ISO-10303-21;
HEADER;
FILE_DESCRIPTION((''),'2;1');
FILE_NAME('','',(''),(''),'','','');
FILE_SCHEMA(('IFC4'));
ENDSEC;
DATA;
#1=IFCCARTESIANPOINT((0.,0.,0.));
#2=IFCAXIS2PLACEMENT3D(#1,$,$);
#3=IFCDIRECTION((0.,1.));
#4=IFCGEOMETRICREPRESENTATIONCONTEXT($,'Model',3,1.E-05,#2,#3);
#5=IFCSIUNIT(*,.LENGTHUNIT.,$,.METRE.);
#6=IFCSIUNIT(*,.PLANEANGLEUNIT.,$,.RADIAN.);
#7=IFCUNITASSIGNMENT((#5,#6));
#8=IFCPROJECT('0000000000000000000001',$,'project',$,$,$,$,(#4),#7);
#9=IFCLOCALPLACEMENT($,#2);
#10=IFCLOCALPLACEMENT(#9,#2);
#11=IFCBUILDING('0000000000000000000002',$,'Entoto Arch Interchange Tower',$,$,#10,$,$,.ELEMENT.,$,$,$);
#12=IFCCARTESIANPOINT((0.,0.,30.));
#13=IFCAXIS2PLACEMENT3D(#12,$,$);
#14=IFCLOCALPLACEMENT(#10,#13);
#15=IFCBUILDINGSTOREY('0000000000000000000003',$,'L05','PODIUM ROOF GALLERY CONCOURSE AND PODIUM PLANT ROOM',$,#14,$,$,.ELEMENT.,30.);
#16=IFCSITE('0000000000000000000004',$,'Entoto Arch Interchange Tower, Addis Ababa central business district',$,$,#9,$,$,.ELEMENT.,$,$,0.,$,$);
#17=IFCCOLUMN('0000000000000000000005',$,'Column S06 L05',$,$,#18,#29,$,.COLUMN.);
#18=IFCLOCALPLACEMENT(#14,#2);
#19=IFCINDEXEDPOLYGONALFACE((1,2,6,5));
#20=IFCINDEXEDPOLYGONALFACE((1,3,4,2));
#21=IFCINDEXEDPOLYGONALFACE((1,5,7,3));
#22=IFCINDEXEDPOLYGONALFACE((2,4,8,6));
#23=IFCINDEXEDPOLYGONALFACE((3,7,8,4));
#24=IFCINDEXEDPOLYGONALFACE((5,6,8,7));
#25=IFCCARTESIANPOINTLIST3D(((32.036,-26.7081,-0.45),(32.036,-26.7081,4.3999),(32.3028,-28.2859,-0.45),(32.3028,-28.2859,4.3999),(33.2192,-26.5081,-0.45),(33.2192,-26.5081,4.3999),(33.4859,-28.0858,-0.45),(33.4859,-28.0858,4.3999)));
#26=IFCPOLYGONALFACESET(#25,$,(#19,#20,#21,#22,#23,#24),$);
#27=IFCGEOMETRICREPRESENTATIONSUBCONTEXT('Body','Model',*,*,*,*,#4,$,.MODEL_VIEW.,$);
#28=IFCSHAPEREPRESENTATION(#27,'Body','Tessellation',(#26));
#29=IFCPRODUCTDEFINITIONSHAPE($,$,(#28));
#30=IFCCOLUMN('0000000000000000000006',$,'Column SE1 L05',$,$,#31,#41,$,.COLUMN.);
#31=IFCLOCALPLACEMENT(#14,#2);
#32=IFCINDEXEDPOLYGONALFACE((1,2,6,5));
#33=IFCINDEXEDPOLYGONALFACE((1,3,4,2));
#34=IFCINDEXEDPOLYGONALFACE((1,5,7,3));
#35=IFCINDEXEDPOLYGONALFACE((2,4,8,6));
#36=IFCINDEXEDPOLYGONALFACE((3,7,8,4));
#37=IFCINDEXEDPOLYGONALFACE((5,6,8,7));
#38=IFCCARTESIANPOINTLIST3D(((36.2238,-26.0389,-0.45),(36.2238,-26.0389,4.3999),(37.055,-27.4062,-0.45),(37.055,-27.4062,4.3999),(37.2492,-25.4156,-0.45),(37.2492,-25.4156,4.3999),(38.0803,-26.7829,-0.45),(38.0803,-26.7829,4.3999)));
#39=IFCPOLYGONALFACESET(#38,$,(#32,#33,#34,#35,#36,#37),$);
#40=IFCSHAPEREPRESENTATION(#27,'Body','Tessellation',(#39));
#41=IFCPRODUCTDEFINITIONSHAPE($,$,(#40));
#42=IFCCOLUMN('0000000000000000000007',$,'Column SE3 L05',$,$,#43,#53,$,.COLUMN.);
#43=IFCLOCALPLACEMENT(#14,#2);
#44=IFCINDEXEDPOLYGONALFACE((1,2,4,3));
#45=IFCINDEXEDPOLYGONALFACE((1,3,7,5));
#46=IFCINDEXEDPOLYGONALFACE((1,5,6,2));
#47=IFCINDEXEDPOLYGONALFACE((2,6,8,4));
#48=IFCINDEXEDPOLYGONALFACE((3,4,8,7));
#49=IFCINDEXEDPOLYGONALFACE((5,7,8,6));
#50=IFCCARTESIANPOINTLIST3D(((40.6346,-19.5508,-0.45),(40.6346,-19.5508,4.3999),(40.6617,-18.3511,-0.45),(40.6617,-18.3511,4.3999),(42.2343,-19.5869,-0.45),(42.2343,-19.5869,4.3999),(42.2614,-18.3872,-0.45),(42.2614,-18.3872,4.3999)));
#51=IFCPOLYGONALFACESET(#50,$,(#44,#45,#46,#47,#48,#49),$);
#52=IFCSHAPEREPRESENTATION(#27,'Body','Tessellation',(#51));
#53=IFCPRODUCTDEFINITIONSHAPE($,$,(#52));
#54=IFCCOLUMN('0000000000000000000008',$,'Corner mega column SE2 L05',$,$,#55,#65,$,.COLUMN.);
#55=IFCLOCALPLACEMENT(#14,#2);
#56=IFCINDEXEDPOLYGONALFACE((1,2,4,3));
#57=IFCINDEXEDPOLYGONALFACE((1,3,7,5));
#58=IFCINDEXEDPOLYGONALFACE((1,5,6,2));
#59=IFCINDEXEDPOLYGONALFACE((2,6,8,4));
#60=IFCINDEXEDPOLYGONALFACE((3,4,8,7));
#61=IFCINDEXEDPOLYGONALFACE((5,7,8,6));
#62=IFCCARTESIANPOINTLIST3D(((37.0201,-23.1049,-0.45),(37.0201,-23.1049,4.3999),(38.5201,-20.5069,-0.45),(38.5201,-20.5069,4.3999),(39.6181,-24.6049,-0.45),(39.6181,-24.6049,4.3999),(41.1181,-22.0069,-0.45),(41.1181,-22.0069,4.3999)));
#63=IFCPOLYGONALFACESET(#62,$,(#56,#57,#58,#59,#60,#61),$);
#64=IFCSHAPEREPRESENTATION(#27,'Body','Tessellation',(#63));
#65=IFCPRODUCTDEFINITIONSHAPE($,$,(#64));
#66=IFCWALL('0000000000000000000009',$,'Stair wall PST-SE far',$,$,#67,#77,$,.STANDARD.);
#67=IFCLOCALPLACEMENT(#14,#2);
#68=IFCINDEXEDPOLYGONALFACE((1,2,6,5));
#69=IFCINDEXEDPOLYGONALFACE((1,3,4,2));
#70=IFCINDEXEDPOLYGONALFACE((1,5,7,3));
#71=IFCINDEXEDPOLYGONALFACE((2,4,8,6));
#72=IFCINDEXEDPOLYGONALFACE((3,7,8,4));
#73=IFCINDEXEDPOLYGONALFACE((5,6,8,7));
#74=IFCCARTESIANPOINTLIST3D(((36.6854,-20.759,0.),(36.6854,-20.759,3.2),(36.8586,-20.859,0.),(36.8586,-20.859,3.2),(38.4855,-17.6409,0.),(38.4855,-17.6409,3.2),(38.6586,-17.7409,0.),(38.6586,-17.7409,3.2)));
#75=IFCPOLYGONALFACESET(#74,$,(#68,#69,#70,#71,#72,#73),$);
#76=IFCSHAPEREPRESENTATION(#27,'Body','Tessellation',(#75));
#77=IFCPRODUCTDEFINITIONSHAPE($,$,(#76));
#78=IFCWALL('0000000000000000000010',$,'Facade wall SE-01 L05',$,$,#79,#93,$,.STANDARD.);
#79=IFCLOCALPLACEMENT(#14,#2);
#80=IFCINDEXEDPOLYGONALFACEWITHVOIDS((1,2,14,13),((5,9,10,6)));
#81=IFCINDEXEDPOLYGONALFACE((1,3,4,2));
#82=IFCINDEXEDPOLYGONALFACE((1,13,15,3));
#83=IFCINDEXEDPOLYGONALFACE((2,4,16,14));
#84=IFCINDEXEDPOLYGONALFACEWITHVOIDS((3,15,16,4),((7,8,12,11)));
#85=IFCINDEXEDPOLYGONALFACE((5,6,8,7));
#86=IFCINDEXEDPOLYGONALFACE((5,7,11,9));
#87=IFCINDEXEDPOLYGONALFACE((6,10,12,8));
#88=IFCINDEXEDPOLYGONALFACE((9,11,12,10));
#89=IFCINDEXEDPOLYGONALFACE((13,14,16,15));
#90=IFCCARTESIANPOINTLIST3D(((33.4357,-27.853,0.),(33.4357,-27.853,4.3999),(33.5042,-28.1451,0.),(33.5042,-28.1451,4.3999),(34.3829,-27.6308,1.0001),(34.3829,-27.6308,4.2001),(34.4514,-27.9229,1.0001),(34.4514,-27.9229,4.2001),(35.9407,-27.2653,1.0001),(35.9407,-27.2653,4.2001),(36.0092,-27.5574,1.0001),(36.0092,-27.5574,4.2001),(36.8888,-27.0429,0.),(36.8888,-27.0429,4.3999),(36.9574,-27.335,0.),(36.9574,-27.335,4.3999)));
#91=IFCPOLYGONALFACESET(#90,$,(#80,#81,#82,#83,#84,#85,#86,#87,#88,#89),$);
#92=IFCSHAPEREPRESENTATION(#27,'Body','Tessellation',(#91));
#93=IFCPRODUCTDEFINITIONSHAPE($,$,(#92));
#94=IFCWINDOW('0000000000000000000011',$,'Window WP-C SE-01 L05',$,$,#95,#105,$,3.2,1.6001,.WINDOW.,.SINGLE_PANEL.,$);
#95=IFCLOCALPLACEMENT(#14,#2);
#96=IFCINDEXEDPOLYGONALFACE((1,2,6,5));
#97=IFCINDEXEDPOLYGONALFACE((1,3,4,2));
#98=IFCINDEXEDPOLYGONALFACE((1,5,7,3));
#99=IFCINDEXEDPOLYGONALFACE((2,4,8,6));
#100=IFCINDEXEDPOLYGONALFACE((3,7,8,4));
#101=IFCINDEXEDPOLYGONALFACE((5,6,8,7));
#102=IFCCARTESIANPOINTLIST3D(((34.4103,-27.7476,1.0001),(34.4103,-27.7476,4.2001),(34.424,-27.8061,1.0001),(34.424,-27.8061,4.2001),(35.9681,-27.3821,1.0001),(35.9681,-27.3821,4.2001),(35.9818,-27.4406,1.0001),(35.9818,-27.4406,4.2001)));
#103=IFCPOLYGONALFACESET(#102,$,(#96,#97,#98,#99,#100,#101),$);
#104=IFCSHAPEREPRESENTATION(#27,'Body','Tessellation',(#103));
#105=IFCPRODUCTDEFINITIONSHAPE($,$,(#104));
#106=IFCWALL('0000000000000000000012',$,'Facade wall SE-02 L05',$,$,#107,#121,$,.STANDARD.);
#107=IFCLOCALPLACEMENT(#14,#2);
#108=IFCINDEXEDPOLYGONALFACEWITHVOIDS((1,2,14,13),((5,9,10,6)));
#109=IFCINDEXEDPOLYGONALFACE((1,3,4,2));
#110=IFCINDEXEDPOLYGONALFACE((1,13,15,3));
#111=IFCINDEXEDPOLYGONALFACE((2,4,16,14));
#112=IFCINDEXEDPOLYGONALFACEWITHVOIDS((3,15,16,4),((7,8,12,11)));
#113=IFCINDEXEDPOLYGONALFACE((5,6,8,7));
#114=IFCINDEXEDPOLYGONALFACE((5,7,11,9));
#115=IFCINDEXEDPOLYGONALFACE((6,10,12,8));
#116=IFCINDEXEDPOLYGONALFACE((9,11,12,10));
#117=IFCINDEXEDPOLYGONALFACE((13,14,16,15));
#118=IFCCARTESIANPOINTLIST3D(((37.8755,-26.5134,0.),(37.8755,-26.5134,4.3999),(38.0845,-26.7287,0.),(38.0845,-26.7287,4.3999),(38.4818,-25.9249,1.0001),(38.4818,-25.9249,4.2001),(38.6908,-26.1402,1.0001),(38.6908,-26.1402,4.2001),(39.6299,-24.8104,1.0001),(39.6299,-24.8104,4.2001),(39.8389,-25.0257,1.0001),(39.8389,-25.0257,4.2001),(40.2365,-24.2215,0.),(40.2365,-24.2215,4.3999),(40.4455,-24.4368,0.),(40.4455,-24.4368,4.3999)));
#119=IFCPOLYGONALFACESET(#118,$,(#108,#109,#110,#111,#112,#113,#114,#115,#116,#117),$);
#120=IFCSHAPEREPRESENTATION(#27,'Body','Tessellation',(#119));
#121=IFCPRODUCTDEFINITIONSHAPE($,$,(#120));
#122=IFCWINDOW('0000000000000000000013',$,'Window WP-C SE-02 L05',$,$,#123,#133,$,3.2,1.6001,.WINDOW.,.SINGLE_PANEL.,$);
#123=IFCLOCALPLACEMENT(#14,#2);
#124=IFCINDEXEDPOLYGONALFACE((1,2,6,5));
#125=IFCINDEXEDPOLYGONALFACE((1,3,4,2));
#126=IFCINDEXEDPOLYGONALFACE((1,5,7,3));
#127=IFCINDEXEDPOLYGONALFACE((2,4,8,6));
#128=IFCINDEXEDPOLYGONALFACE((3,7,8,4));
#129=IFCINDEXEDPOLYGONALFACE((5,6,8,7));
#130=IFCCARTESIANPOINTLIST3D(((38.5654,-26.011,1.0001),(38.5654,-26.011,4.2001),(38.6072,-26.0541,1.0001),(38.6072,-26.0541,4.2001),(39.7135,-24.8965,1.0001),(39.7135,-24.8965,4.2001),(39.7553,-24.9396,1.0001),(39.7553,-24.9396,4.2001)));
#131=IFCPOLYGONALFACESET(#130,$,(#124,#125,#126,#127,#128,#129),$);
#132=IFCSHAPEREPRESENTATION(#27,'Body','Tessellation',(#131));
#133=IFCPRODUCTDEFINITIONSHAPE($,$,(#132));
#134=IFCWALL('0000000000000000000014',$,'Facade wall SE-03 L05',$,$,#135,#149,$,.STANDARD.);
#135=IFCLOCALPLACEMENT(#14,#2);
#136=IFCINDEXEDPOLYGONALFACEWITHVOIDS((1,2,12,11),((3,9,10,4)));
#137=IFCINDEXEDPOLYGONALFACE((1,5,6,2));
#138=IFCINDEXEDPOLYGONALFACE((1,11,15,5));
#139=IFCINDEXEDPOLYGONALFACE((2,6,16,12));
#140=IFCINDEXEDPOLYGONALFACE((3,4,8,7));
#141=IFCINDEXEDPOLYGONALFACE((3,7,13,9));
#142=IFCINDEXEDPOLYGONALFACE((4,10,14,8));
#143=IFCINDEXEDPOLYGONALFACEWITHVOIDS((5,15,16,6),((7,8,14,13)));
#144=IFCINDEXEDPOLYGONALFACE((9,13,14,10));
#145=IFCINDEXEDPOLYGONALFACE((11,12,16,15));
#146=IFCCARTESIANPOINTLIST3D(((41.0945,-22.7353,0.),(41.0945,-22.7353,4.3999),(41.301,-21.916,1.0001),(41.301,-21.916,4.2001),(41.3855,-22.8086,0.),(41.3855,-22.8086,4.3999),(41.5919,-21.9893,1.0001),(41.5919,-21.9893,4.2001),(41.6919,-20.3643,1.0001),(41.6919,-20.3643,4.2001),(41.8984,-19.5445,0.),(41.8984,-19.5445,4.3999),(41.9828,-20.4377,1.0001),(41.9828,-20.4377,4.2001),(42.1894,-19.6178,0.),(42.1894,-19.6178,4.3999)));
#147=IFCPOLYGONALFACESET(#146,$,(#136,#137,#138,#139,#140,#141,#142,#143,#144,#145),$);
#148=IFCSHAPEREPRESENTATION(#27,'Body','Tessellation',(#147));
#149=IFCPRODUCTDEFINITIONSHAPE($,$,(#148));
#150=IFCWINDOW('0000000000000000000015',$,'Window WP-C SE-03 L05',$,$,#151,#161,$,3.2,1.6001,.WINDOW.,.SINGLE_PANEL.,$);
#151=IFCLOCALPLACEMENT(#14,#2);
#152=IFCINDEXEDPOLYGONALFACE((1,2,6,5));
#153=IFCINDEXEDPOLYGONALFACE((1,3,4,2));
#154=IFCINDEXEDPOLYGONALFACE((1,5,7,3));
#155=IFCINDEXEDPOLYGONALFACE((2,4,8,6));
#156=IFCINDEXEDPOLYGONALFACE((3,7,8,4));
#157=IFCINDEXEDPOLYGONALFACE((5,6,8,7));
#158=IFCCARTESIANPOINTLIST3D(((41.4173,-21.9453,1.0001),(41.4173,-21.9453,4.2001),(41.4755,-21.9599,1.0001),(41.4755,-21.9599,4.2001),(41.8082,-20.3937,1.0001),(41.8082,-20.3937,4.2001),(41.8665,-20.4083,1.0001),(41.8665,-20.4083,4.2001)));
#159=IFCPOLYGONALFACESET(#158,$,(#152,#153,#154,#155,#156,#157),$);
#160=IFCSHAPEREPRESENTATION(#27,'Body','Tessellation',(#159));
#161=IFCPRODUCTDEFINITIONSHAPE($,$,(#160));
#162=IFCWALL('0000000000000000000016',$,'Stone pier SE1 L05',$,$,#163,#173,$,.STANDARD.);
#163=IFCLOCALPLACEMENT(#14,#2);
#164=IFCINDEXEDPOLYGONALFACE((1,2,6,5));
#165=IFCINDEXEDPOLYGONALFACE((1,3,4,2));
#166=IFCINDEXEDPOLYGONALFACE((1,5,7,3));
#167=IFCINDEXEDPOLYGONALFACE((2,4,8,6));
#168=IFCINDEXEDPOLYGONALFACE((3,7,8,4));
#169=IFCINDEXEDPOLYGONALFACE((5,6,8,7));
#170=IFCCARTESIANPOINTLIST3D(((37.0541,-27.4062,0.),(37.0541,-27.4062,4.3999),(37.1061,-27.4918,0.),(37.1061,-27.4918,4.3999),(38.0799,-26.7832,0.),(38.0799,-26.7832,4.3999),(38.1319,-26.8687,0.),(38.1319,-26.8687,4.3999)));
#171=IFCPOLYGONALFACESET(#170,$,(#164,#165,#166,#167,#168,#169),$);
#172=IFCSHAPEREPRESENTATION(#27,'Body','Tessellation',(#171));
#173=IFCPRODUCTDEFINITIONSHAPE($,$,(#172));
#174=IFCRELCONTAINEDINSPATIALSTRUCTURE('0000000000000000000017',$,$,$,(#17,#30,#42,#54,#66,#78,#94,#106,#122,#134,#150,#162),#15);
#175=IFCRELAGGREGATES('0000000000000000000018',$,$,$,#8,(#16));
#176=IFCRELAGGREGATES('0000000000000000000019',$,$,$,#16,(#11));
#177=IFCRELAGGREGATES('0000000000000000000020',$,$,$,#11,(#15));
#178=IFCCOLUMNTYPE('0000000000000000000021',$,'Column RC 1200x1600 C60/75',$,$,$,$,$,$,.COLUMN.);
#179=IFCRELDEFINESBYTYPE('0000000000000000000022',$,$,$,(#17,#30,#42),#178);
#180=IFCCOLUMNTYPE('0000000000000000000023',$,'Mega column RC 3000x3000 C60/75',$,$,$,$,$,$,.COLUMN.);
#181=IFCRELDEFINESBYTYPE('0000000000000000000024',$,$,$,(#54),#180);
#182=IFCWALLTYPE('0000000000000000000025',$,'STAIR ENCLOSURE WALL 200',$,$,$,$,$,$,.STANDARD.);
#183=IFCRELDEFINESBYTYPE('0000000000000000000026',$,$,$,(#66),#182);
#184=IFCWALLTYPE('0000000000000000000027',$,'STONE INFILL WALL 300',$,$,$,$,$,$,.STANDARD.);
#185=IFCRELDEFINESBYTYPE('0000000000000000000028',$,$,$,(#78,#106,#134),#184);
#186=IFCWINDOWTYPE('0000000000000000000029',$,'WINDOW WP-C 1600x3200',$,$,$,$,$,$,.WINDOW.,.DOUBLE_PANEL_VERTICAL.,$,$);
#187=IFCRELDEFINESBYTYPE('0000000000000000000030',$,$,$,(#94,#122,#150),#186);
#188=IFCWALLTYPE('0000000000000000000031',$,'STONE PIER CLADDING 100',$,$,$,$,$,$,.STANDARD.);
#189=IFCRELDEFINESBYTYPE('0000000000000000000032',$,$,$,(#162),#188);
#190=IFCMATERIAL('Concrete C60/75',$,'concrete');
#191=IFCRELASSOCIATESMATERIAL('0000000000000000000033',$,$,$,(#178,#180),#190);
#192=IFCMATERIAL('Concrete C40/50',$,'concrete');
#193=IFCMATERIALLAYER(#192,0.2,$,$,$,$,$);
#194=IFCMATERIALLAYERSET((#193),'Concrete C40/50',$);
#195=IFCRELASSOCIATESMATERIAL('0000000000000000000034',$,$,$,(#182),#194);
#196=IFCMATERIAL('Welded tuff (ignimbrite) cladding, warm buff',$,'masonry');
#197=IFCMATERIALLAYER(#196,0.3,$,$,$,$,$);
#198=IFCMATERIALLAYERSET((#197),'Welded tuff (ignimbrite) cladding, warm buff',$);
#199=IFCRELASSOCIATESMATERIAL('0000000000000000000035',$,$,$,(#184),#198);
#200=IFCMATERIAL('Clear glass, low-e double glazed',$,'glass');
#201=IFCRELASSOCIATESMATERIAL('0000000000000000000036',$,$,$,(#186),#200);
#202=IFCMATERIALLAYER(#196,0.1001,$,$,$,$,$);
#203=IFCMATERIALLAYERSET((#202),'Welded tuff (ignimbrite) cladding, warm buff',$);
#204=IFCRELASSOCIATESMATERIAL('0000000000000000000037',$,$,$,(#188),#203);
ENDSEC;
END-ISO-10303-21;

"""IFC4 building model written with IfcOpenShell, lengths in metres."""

from ifc_helpers import new_model, si_unit, direction, frame, frame_2d, origin, origin_2d, place, context, subcontext, project, spatial, rectangle, extrude, material, layer, layer_set, material_profile, profile_set, type_object, element, fill, save


model = new_model("IFC4")

# Units and contexts
model_context = context("Model", 3, precision=1e-05, world=origin(), true_north=direction((0.0, 1.0)))
body_context = subcontext(model_context, "Body", "Model", "MODEL_VIEW")
ifc_project = project(units=[si_unit("LENGTHUNIT", "METRE"), si_unit("PLANEANGLEUNIT", "RADIAN")], contexts=[model_context])

# Site, building, storey
site_placement = place(None, origin())
site = spatial("IfcSite", under=ifc_project, at=site_placement, Name="Entoto Arch Interchange Tower, Addis Ababa central business district", CompositionType="ELEMENT", RefElevation=0.0)
building_placement = place(site_placement, origin())
building = spatial("IfcBuilding", under=site, at=building_placement, Name="Entoto Arch Interchange Tower", CompositionType="ELEMENT")
storey_placement = place(building_placement, frame((0.0, 0.0, 30.0)))
storey = spatial("IfcBuildingStorey", under=building, at=storey_placement, Name="L05", Description="PODIUM ROOF GALLERY CONCOURSE AND PODIUM PLANT ROOM", CompositionType="ELEMENT", Elevation=30.0)

# Columns
ifc_material_1 = material(Name="Concrete C60/75", Category="concrete")
ifc_material_profile_1 = material_profile(ifc_material_1, rectangle(XDim=1.2, YDim=1.6001, at=origin_2d()))
ifc_profile_set_1 = profile_set([ifc_material_profile_1], Name="Concrete C60/75")
column_type_1 = type_object("IfcColumnType", Name="Column RC 1200x1600 C60/75", PredefinedType="COLUMN", material=ifc_profile_set_1)
for number, where, z_axis, x_axis, name in (
    (1, (32.761, -27.397, -0.45), (0.0, 0.0, 1.0), (0.986005, 0.166717, 0.0), "Column S06 L05"),
    (2, (37.1521, -26.4109, -0.45), (0.0, 0.0, 1.0), (0.854522, 0.519415, 0.0), "Column SE1 L05"),
    (3, (41.448, -18.969, -0.45), (0.0, 0.0, 1.0), (0.022565, 0.999745, 0.0), "Column SE3 L05"),
):
    element("IfcColumn", number, at=place(storey_placement, frame(where, z_axis=z_axis, x_axis=x_axis)), inside=storey, type_object=column_type_1, Name=name, PredefinedType="COLUMN", context=body_context, shape_type="SweptSolid", body=[
        extrude(rectangle(XDim=1.2, YDim=1.6001, at=origin_2d()), origin(), (0.0, 0.0, 1.0), 4.8499),
    ])
ifc_material_profile_2 = material_profile(ifc_material_1, rectangle(XDim=3.0, YDim=3.0, at=origin_2d()))
ifc_profile_set_2 = profile_set([ifc_material_profile_2], Name="Concrete C60/75")
column_type_2 = type_object("IfcColumnType", Name="Mega column RC 3000x3000 C60/75", PredefinedType="COLUMN", material=ifc_profile_set_2)
column_placement = place(storey_placement, frame((39.0691, -22.5559, -0.45), z_axis=(0.0, 0.0, 1.0), x_axis=(-0.866025, 0.5, 0.0)))
element("IfcColumn", 4, at=column_placement, inside=storey, type_object=column_type_2, Name="Corner mega column SE2 L05", PredefinedType="COLUMN", context=body_context, shape_type="SweptSolid", body=[
    extrude(rectangle(XDim=3.0, YDim=3.0, at=origin_2d()), origin(), (0.0, 0.0, 1.0), 4.8499),
])

# Wall
ifc_material_2 = material(Name="Concrete C40/50", Category="concrete")
ifc_layer_1 = layer(ifc_material_2, 0.2)
ifc_layer_set_1 = layer_set([ifc_layer_1], Name="Concrete C40/50")
wall_type_1 = type_object("IfcWallType", Name="STAIR ENCLOSURE WALL 200", PredefinedType="STANDARD", material=ifc_layer_set_1)
wall_1_placement = place(storey_placement, frame((36.772, -20.8091, 0.0), z_axis=(0.0, 0.0, 1.0), x_axis=(0.499953, 0.866052, 0.0)))
element("IfcWall", 5, at=wall_1_placement, inside=storey, type_object=wall_type_1, Name="Stair wall PST-SE far", PredefinedType="STANDARD", context=body_context, shape_type="SweptSolid", body=[
    extrude(rectangle(XDim=3.6003, YDim=0.2, at=frame_2d((1.8003, 0.0))), origin(), (0.0, 0.0, 1.0), 3.2),
])

# Walls, openings, windows
ifc_material_3 = material(Name="Welded tuff (ignimbrite) cladding, warm buff", Category="masonry")
ifc_layer_2 = layer(ifc_material_3, 0.3)
ifc_layer_set_2 = layer_set([ifc_layer_2], Name="Welded tuff (ignimbrite) cladding, warm buff")
wall_type_2 = type_object("IfcWallType", Name="STONE INFILL WALL 300", PredefinedType="STANDARD", material=ifc_layer_set_2)
wall_2_placement = place(storey_placement, frame((33.47, -27.999, 0.0), z_axis=(0.0, 0.0, 1.0), x_axis=(0.97357, 0.228387, 0.0)))
wall_2 = element("IfcWall", 6, at=wall_2_placement, inside=storey, type_object=wall_type_2, Name="Facade wall SE-01 L05", PredefinedType="STANDARD", context=body_context, shape_type="SweptSolid", body=[
    extrude(rectangle(XDim=3.5469, YDim=0.3, at=frame_2d((1.7734, 0.0))), origin(), (0.0, 0.0, 1.0), 4.3999),
])
opening_1_placement = place(wall_2_placement, frame((0.9729, 0.0, 1.0)))
opening_1 = element("IfcOpeningElement", 7, at=opening_1_placement, cuts=wall_2, PredefinedType="OPENING", context=body_context, shape_type="SweptSolid", body=[
    extrude(rectangle(XDim=1.6001, YDim=3.2, at=frame_2d((0.8, 1.6001))), frame((0.0, 0.1602, 0.0), z_axis=(0.0, -1.0, 0.0), x_axis=(1.0, 0.0, 0.0)), (0.0, 0.0, 1.0), 0.3201),
])
ifc_material_4 = material(Name="Clear glass, low-e double glazed", Category="glass")
window_type = type_object("IfcWindowType", Name="WINDOW WP-C 1600x3200", PartitioningType="DOUBLE_PANEL_VERTICAL", PredefinedType="WINDOW", material=ifc_material_4)
window_1_placement = place(opening_1_placement, origin())
window_1 = element("IfcWindow", 8, at=window_1_placement, inside=storey, type_object=window_type, Name="Window WP-C SE-01 L05", OverallHeight=3.2, OverallWidth=1.6001, PartitioningType="SINGLE_PANEL", PredefinedType="WINDOW", context=body_context, shape_type="SweptSolid", body=[
    extrude(rectangle(XDim=1.6001, YDim=3.2, at=frame_2d((0.8, 1.6001))), frame((0.0, 0.03, 0.0), z_axis=(0.0, -1.0, 0.0), x_axis=(1.0, 0.0, 0.0)), (0.0, 0.0, 1.0), 0.0601),
])
fill(opening_1, window_1)
wall_3_placement = place(storey_placement, frame((37.98, -26.6211, 0.0), z_axis=(0.0, 0.0, 1.0), x_axis=(0.717527, 0.69653, 0.0)))
wall_3 = element("IfcWall", 9, at=wall_3_placement, inside=storey, type_object=wall_type_2, Name="Facade wall SE-02 L05", PredefinedType="STANDARD", context=body_context, shape_type="SweptSolid", body=[
    extrude(rectangle(XDim=3.2905, YDim=0.3, at=frame_2d((1.6453, 0.0))), origin(), (0.0, 0.0, 1.0), 4.3999),
])
opening_2_placement = place(wall_3_placement, frame((0.845, 0.0, 1.0)))
opening_2 = element("IfcOpeningElement", 10, at=opening_2_placement, cuts=wall_3, PredefinedType="OPENING", context=body_context, shape_type="SweptSolid", body=[
    extrude(rectangle(XDim=1.6001, YDim=3.2, at=frame_2d((0.8, 1.6001))), frame((0.0, 0.1602, 0.0), z_axis=(0.0, -1.0, 0.0), x_axis=(1.0, 0.0, 0.0)), (0.0, 0.0, 1.0), 0.3201),
])
window_2_placement = place(opening_2_placement, origin())
window_2 = element("IfcWindow", 11, at=window_2_placement, inside=storey, type_object=window_type, Name="Window WP-C SE-02 L05", OverallHeight=3.2, OverallWidth=1.6001, PartitioningType="SINGLE_PANEL", PredefinedType="WINDOW", context=body_context, shape_type="SweptSolid", body=[
    extrude(rectangle(XDim=1.6001, YDim=3.2, at=frame_2d((0.8, 1.6001))), frame((0.0, 0.03, 0.0), z_axis=(0.0, -1.0, 0.0), x_axis=(1.0, 0.0, 0.0)), (0.0, 0.0, 1.0), 0.0601),
])
fill(opening_2, window_2)
wall_4_placement = place(storey_placement, frame((41.24, -22.772, 0.0), z_axis=(0.0, 0.0, 1.0), x_axis=(0.244316, 0.969696, 0.0)))
wall_4 = element("IfcWall", 12, at=wall_4_placement, inside=storey, type_object=wall_type_2, Name="Facade wall SE-03 L05", PredefinedType="STANDARD", context=body_context, shape_type="SweptSolid", body=[
    extrude(rectangle(XDim=3.2905, YDim=0.3, at=frame_2d((1.6453, 0.0))), origin(), (0.0, 0.0, 1.0), 4.3999),
])
opening_3_placement = place(wall_4_placement, frame((0.845, 0.0, 1.0)))
opening_3 = element("IfcOpeningElement", 13, at=opening_3_placement, cuts=wall_4, PredefinedType="OPENING", context=body_context, shape_type="SweptSolid", body=[
    extrude(rectangle(XDim=1.6001, YDim=3.2, at=frame_2d((0.8, 1.6001))), frame((0.0, 0.1602, 0.0), z_axis=(0.0, -1.0, 0.0), x_axis=(1.0, 0.0, 0.0)), (0.0, 0.0, 1.0), 0.3201),
])
window_3_placement = place(opening_3_placement, origin())
window_3 = element("IfcWindow", 14, at=window_3_placement, inside=storey, type_object=window_type, Name="Window WP-C SE-03 L05", OverallHeight=3.2, OverallWidth=1.6001, PartitioningType="SINGLE_PANEL", PredefinedType="WINDOW", context=body_context, shape_type="SweptSolid", body=[
    extrude(rectangle(XDim=1.6001, YDim=3.2, at=frame_2d((0.8, 1.6001))), frame((0.0, 0.03, 0.0), z_axis=(0.0, -1.0, 0.0), x_axis=(1.0, 0.0, 0.0)), (0.0, 0.0, 1.0), 0.0601),
])
fill(opening_3, window_3)

# Wall
ifc_layer_3 = layer(ifc_material_3, 0.1001)
ifc_layer_set_3 = layer_set([ifc_layer_3], Name="Welded tuff (ignimbrite) cladding, warm buff")
wall_type_3 = type_object("IfcWallType", Name="STONE PIER CLADDING 100", PredefinedType="STANDARD", material=ifc_layer_set_3)
for number, where, z_axis, x_axis, name in (
    (15, (37.0801, -27.449, 0.0), (0.0, 0.0, 1.0), (0.854717, 0.519095, 0.0), "Stone pier SE1 L05"),
):
    element("IfcWall", number, at=place(storey_placement, frame(where, z_axis=z_axis, x_axis=x_axis)), inside=storey, type_object=wall_type_3, Name=name, PredefinedType="STANDARD", context=body_context, shape_type="SweptSolid", body=[
        extrude(rectangle(XDim=1.2002, YDim=0.1001, at=frame_2d((0.6001, 0.0))), origin(), (0.0, 0.0, 1.0), 4.3999),
    ])

save(model, "model.ifc")
